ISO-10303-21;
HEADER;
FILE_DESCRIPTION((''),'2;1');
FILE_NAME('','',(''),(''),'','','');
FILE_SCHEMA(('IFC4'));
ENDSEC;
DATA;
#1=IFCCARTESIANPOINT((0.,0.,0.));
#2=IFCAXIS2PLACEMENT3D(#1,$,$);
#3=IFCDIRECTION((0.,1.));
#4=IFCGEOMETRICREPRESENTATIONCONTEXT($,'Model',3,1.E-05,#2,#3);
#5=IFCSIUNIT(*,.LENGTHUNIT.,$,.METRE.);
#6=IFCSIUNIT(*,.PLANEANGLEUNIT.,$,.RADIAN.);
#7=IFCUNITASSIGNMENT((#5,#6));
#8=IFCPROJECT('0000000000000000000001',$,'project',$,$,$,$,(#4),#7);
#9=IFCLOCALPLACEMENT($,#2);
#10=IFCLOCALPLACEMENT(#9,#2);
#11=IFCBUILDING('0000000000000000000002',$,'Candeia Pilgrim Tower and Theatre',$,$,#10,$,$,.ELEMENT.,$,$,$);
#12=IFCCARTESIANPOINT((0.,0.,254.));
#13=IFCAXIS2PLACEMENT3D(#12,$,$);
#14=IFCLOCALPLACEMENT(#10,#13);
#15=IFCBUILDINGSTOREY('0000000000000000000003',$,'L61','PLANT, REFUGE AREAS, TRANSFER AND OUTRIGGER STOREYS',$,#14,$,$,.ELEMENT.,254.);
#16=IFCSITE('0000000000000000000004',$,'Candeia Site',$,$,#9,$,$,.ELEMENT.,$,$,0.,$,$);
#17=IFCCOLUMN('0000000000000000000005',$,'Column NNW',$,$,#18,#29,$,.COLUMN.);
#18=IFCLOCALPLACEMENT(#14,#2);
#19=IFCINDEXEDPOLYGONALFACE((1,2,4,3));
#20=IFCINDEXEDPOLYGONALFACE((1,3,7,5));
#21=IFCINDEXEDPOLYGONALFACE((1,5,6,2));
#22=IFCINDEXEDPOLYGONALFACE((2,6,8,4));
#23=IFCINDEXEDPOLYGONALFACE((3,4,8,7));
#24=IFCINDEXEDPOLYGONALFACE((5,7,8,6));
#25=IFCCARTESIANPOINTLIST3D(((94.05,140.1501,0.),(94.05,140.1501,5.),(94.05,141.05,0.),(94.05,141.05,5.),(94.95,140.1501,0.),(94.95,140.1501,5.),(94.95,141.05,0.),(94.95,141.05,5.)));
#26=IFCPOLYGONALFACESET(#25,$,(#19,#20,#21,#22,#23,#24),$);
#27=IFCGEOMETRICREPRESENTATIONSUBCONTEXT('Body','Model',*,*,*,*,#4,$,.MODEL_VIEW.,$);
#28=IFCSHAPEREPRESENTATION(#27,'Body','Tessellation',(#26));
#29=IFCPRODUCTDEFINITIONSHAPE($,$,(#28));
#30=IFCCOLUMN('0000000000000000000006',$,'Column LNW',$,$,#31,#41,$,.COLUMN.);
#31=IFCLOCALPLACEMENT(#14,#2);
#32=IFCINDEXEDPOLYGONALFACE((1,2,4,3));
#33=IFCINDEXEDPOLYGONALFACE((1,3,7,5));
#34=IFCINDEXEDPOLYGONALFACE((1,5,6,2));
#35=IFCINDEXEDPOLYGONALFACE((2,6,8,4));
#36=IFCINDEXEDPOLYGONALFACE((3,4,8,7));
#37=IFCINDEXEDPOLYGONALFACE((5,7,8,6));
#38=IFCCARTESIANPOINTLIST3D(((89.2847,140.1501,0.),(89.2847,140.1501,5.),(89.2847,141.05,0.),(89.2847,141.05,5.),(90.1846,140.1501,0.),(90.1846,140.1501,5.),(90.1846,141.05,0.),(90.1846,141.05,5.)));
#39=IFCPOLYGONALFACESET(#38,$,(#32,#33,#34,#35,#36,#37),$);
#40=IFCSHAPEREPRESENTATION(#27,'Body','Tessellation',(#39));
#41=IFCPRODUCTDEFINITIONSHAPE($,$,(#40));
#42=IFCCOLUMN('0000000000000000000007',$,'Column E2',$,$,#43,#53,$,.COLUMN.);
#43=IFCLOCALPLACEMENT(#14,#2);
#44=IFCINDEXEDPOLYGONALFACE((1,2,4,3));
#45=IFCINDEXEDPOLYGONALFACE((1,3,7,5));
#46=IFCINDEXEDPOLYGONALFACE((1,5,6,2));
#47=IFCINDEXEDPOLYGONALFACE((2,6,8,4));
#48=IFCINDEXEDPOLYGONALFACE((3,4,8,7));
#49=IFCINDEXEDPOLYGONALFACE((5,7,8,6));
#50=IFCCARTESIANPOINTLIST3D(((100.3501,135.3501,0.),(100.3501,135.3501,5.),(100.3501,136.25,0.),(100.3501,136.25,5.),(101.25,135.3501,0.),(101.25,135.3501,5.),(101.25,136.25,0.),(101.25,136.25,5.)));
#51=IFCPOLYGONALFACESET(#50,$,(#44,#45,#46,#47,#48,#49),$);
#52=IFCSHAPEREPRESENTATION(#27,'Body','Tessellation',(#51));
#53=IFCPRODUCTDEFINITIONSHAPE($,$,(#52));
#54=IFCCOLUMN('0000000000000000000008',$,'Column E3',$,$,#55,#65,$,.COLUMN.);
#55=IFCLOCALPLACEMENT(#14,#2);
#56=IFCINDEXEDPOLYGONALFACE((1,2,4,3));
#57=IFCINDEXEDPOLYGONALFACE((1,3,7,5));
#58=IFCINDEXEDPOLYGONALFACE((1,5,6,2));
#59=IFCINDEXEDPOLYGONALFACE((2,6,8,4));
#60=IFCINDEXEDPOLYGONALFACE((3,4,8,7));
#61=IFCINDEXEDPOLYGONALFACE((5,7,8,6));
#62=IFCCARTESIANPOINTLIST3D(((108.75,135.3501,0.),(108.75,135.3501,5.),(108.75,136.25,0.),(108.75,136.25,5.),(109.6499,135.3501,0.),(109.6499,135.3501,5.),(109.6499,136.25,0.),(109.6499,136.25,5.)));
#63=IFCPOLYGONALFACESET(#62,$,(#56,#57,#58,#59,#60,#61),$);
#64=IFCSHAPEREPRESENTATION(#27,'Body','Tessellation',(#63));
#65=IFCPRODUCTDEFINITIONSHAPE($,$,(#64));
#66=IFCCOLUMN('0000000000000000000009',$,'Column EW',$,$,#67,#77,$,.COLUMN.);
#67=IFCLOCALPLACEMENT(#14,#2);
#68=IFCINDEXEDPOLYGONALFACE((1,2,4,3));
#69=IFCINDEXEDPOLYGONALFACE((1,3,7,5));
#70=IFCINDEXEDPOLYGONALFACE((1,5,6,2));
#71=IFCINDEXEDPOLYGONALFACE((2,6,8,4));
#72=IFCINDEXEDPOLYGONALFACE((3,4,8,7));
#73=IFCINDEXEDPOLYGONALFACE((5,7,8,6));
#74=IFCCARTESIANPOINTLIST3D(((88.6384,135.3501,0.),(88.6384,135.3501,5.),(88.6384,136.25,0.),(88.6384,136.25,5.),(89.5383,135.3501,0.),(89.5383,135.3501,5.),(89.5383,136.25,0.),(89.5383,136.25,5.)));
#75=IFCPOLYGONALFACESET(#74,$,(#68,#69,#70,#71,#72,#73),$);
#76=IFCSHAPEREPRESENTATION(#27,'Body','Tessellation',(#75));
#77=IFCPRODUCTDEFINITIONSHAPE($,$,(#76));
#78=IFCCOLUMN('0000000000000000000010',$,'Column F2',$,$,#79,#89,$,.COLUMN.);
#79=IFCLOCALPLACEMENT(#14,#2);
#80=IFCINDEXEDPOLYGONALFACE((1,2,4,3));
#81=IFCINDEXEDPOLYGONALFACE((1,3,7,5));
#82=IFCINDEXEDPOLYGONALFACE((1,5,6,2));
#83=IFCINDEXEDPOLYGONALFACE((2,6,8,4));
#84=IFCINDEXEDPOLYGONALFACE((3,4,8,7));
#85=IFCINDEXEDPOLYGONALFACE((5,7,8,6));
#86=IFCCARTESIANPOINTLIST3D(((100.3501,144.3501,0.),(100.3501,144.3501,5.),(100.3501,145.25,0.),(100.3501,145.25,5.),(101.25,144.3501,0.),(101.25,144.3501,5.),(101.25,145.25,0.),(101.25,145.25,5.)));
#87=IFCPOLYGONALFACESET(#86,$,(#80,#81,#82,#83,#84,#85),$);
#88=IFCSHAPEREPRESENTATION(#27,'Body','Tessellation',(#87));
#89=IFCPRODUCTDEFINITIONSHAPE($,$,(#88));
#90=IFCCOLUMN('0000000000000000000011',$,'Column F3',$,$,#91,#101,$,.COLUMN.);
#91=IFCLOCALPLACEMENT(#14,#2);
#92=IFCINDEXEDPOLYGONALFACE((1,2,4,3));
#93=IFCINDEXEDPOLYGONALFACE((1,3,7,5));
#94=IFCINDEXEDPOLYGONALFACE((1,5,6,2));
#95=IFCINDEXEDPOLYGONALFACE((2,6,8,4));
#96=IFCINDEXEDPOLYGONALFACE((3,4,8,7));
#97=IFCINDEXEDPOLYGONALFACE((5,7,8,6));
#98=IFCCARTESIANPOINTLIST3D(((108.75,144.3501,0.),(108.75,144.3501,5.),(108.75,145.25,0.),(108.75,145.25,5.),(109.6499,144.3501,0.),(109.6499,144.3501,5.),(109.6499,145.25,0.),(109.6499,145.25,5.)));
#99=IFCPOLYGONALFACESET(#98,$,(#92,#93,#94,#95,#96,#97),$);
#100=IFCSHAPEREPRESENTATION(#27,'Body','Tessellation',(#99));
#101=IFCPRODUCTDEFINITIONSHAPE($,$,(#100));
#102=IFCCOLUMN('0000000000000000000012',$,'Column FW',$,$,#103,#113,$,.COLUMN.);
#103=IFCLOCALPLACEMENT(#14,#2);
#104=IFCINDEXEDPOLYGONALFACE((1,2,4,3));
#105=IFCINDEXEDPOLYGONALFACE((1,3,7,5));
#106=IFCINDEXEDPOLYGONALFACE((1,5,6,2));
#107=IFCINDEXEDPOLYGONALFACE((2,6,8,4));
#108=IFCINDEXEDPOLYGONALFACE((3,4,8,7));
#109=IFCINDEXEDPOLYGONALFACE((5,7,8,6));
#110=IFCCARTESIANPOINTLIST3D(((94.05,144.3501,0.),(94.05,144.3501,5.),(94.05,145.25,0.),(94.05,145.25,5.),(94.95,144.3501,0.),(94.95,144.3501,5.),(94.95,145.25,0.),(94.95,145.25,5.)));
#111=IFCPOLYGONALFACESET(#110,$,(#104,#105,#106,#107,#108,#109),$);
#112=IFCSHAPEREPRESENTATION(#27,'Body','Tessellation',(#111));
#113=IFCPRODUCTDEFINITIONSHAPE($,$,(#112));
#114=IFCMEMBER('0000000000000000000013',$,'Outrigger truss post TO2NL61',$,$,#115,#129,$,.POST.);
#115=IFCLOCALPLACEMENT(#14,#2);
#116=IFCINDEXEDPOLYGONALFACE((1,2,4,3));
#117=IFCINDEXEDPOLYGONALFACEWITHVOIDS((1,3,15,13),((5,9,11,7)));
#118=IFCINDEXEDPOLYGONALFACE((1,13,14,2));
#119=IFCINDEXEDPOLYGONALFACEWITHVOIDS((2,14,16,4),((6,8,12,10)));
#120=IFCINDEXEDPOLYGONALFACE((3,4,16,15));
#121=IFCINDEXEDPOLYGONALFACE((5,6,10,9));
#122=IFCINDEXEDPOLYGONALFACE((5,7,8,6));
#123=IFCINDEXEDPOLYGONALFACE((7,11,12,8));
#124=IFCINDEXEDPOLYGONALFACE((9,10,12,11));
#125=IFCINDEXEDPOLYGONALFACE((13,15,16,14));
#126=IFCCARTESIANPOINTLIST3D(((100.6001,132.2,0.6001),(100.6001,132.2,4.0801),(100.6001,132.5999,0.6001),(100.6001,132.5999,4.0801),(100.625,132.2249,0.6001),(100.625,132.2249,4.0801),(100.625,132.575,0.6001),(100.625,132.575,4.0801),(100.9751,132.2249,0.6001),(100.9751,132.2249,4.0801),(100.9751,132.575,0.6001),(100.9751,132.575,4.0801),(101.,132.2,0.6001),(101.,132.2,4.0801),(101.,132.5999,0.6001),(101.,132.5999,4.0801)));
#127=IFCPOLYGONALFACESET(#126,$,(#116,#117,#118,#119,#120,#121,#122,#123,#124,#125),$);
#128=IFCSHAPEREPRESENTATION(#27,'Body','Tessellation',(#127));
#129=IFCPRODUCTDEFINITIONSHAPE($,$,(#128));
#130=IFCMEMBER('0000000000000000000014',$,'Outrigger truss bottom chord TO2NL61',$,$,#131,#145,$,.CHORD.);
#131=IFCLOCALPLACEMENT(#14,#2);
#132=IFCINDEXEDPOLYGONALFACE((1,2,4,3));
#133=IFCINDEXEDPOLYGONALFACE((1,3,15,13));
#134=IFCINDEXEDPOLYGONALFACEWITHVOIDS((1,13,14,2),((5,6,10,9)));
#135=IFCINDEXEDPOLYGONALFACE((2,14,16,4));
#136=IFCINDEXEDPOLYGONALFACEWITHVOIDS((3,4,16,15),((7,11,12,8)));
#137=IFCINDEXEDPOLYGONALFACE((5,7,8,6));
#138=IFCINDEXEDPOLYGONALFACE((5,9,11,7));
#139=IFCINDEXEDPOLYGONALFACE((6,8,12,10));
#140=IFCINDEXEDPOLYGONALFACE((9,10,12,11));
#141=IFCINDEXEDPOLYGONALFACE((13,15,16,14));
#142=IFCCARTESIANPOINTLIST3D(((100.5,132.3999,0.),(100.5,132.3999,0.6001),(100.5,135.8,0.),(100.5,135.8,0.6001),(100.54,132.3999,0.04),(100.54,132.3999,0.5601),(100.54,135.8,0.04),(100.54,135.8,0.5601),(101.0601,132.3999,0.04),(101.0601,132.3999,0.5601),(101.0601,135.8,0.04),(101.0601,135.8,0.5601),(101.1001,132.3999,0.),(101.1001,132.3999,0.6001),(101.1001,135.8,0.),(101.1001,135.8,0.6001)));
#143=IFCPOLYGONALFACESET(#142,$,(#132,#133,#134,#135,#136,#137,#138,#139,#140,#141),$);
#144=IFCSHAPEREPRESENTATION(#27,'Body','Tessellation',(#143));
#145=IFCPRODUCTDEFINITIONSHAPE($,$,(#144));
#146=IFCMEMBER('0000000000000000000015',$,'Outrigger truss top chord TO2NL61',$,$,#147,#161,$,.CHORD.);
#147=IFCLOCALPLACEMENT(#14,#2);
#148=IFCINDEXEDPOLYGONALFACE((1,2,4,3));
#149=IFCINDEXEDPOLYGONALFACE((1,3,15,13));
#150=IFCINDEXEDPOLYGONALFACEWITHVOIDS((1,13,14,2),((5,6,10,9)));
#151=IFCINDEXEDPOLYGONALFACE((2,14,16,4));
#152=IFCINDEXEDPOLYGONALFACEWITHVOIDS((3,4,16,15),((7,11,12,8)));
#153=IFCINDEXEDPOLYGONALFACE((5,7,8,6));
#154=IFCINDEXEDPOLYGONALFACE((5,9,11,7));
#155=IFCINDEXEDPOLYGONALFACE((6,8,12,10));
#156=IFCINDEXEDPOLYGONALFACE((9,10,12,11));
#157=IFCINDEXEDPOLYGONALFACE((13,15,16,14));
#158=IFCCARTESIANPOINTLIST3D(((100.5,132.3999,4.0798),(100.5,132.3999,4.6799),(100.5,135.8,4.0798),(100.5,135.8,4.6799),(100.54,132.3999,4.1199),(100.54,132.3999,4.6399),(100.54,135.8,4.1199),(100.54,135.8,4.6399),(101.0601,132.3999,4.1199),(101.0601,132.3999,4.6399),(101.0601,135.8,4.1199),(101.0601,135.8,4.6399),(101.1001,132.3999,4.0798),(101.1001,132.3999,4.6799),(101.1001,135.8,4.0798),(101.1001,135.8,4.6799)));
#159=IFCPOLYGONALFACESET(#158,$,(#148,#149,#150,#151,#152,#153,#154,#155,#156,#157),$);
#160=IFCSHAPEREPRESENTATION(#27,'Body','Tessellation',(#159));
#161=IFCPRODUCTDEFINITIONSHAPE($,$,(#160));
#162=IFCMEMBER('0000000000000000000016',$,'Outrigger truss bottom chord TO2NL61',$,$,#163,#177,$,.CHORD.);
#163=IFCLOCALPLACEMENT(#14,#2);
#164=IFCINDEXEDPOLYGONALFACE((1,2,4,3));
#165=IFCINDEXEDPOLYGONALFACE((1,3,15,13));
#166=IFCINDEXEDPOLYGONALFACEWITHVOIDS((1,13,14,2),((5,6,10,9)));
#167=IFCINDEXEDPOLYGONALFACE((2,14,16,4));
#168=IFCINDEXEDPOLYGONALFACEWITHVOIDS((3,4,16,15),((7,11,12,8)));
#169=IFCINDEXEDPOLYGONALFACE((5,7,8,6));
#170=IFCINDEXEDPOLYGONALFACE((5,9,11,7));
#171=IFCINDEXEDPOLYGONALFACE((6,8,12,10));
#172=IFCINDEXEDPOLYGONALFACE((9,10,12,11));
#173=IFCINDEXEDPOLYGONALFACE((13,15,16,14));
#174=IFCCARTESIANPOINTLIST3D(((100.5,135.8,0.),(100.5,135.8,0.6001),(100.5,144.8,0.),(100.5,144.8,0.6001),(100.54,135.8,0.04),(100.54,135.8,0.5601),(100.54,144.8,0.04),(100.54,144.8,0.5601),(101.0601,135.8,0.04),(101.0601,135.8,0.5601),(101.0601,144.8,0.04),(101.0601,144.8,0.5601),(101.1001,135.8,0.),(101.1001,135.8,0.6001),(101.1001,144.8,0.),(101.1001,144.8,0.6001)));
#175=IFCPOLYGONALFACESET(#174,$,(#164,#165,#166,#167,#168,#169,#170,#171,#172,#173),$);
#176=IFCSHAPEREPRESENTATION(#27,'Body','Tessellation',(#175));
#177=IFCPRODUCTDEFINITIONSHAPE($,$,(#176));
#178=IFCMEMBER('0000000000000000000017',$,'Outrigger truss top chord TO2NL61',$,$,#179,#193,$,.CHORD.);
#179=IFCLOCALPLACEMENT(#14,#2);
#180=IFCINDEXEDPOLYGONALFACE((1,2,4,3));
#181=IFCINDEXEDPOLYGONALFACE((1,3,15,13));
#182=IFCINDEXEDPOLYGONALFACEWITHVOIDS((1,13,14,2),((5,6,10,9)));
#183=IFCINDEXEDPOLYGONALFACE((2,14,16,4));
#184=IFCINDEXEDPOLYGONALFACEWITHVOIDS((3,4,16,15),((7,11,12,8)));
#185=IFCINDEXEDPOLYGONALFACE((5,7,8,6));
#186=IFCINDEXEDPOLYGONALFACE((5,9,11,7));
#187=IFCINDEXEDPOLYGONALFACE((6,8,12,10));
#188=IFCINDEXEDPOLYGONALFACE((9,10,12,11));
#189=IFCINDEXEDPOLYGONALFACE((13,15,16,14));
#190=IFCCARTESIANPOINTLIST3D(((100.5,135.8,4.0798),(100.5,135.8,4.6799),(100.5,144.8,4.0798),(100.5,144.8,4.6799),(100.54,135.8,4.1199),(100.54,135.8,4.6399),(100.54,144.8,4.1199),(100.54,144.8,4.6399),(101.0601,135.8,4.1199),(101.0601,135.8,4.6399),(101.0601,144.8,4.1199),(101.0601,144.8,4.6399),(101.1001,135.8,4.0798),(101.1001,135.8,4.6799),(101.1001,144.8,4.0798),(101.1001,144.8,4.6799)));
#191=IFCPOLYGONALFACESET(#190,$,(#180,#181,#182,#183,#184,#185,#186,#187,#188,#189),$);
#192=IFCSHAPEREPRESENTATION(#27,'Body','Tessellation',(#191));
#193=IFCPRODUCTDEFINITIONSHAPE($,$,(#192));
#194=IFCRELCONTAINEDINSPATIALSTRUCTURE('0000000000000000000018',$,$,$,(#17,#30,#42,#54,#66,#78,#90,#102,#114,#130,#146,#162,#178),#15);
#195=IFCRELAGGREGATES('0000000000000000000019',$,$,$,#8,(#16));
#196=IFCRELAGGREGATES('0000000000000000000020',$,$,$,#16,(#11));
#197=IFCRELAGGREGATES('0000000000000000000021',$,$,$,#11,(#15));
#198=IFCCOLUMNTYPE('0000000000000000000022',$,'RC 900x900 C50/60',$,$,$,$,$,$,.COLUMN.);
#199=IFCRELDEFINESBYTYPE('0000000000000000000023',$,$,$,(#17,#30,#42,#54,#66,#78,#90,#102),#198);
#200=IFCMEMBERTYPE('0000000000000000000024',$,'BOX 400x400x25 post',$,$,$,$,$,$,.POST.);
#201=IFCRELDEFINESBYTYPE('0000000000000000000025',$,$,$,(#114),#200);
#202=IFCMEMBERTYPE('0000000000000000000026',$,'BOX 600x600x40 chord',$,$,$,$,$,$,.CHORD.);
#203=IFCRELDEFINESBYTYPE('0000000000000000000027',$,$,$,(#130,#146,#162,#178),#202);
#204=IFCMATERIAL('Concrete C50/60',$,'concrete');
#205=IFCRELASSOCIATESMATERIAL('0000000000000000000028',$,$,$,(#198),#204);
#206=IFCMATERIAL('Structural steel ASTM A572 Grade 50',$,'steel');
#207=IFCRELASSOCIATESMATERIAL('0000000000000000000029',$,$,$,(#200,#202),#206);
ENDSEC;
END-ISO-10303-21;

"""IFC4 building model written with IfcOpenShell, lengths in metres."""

from ifc_helpers import new_model, si_unit, direction, frame, origin, origin_2d, place, context, subcontext, project, spatial, rectangle, hollow_rectangle, extrude, material, material_profile, profile_set, type_object, element, save


model = new_model("IFC4")

# Units and contexts
model_context = context("Model", 3, precision=1e-05, world=origin(), true_north=direction((0.0, 1.0)))
body_context = subcontext(model_context, "Body", "Model", "MODEL_VIEW")
ifc_project = project(units=[si_unit("LENGTHUNIT", "METRE"), si_unit("PLANEANGLEUNIT", "RADIAN")], contexts=[model_context])

# Site, building, storey
site_placement = place(None, origin())
site = spatial("IfcSite", under=ifc_project, at=site_placement, Name="Candeia Site", CompositionType="ELEMENT", RefElevation=0.0)
building_placement = place(site_placement, origin())
building = spatial("IfcBuilding", under=site, at=building_placement, Name="Candeia Pilgrim Tower and Theatre", CompositionType="ELEMENT")
storey_placement = place(building_placement, frame((0.0, 0.0, 254.0)))
storey = spatial("IfcBuildingStorey", under=building, at=storey_placement, Name="L61", Description="PLANT, REFUGE AREAS, TRANSFER AND OUTRIGGER STOREYS", CompositionType="ELEMENT", Elevation=254.0)

# Columns
ifc_material_1 = material(Name="Concrete C50/60", Category="concrete")
ifc_material_profile_1 = material_profile(ifc_material_1, rectangle(XDim=0.8999, YDim=0.8999, at=origin_2d()))
ifc_profile_set_1 = profile_set([ifc_material_profile_1], Name="Concrete C50/60")
column_type = type_object("IfcColumnType", Name="RC 900x900 C50/60", PredefinedType="COLUMN", material=ifc_profile_set_1)
for number, where, z_axis, x_axis, name in (
    (1, (94.5, 140.6001, 0.0), (0.0, 0.0, 1.0), (1.0, 0.0, 0.0), "Column NNW"),
    (2, (89.7346, 140.6001, 0.0), (0.0, 0.0, 1.0), (1.0, 0.0, 0.0), "Column LNW"),
    (3, (100.8, 135.8, 0.0), (0.0, 0.0, 1.0), (1.0, 0.0, 0.0), "Column E2"),
    (4, (109.2, 135.8, 0.0), (0.0, 0.0, 1.0), (1.0, 0.0, 0.0), "Column E3"),
    (5, (89.0884, 135.8, 0.0), (0.0, 0.0, 1.0), (1.0, 0.0, 0.0), "Column EW"),
    (6, (100.8, 144.8, 0.0), (0.0, 0.0, 1.0), (1.0, 0.0, 0.0), "Column F2"),
    (7, (109.2, 144.8, 0.0), (0.0, 0.0, 1.0), (1.0, 0.0, 0.0), "Column F3"),
    (8, (94.5, 144.8, 0.0), (0.0, 0.0, 1.0), (1.0, 0.0, 0.0), "Column FW"),
):
    element("IfcColumn", number, at=place(storey_placement, frame(where, z_axis=z_axis, x_axis=x_axis)), inside=storey, type_object=column_type, Name=name, PredefinedType="COLUMN", context=body_context, shape_type="SweptSolid", body=[
        extrude(rectangle(XDim=0.8999, YDim=0.8999, at=origin_2d()), origin(), (0.0, 0.0, 1.0), 5.0),
    ])

# Members
ifc_material_2 = material(Name="Structural steel ASTM A572 Grade 50", Category="steel")
ifc_material_profile_2 = material_profile(ifc_material_2, hollow_rectangle(XDim=0.3999, YDim=0.3999, WallThickness=0.0249, at=origin_2d()))
ifc_profile_set_2 = profile_set([ifc_material_profile_2], Name="Structural steel ASTM A572 Grade 50")
member_type_1 = type_object("IfcMemberType", Name="BOX 400x400x25 post", PredefinedType="POST", material=ifc_profile_set_2)
member_1_placement = place(storey_placement, frame((100.8, 132.3999, 0.6001), z_axis=(0.0, 0.0, 1.0), x_axis=(1.0, 0.0, 0.0)))
element("IfcMember", 9, at=member_1_placement, inside=storey, type_object=member_type_1, Name="Outrigger truss post TO2NL61", PredefinedType="POST", context=body_context, shape_type="SweptSolid", body=[
    extrude(hollow_rectangle(XDim=0.3999, YDim=0.3999, WallThickness=0.0249, at=origin_2d()), origin(), (0.0, 0.0, 1.0), 3.48),
])
ifc_material_profile_3 = material_profile(ifc_material_2, hollow_rectangle(XDim=0.6001, YDim=0.6001, WallThickness=0.04, at=origin_2d()))
ifc_profile_set_3 = profile_set([ifc_material_profile_3], Name="Structural steel ASTM A572 Grade 50")
member_type_2 = type_object("IfcMemberType", Name="BOX 600x600x40 chord", PredefinedType="CHORD", material=ifc_profile_set_3)
for number, where, z_axis, x_axis, name in (
    (10, (100.8, 132.3999, 0.3), (0.0, 1.0, 0.0), (-1.0, 0.0, 0.0), "Outrigger truss bottom chord TO2NL61"),
    (11, (100.8, 132.3999, 4.3799), (0.0, 1.0, 0.0), (-1.0, 0.0, 0.0), "Outrigger truss top chord TO2NL61"),
):
    element("IfcMember", number, at=place(storey_placement, frame(where, z_axis=z_axis, x_axis=x_axis)), inside=storey, type_object=member_type_2, Name=name, PredefinedType="CHORD", context=body_context, shape_type="SweptSolid", body=[
        extrude(hollow_rectangle(XDim=0.6001, YDim=0.6001, WallThickness=0.04, at=origin_2d()), origin(), (0.0, 0.0, 1.0), 3.4001),
    ])
for number, where, z_axis, x_axis, name in (
    (12, (100.8, 135.8, 0.3), (0.0, 1.0, 0.0), (-1.0, 0.0, 0.0), "Outrigger truss bottom chord TO2NL61"),
    (13, (100.8, 135.8, 4.3799), (0.0, 1.0, 0.0), (-1.0, 0.0, 0.0), "Outrigger truss top chord TO2NL61"),
):
    element("IfcMember", number, at=place(storey_placement, frame(where, z_axis=z_axis, x_axis=x_axis)), inside=storey, type_object=member_type_2, Name=name, PredefinedType="CHORD", context=body_context, shape_type="SweptSolid", body=[
        extrude(hollow_rectangle(XDim=0.6001, YDim=0.6001, WallThickness=0.04, at=origin_2d()), origin(), (0.0, 0.0, 1.0), 9.0),
    ])

save(model, "model.ifc")
